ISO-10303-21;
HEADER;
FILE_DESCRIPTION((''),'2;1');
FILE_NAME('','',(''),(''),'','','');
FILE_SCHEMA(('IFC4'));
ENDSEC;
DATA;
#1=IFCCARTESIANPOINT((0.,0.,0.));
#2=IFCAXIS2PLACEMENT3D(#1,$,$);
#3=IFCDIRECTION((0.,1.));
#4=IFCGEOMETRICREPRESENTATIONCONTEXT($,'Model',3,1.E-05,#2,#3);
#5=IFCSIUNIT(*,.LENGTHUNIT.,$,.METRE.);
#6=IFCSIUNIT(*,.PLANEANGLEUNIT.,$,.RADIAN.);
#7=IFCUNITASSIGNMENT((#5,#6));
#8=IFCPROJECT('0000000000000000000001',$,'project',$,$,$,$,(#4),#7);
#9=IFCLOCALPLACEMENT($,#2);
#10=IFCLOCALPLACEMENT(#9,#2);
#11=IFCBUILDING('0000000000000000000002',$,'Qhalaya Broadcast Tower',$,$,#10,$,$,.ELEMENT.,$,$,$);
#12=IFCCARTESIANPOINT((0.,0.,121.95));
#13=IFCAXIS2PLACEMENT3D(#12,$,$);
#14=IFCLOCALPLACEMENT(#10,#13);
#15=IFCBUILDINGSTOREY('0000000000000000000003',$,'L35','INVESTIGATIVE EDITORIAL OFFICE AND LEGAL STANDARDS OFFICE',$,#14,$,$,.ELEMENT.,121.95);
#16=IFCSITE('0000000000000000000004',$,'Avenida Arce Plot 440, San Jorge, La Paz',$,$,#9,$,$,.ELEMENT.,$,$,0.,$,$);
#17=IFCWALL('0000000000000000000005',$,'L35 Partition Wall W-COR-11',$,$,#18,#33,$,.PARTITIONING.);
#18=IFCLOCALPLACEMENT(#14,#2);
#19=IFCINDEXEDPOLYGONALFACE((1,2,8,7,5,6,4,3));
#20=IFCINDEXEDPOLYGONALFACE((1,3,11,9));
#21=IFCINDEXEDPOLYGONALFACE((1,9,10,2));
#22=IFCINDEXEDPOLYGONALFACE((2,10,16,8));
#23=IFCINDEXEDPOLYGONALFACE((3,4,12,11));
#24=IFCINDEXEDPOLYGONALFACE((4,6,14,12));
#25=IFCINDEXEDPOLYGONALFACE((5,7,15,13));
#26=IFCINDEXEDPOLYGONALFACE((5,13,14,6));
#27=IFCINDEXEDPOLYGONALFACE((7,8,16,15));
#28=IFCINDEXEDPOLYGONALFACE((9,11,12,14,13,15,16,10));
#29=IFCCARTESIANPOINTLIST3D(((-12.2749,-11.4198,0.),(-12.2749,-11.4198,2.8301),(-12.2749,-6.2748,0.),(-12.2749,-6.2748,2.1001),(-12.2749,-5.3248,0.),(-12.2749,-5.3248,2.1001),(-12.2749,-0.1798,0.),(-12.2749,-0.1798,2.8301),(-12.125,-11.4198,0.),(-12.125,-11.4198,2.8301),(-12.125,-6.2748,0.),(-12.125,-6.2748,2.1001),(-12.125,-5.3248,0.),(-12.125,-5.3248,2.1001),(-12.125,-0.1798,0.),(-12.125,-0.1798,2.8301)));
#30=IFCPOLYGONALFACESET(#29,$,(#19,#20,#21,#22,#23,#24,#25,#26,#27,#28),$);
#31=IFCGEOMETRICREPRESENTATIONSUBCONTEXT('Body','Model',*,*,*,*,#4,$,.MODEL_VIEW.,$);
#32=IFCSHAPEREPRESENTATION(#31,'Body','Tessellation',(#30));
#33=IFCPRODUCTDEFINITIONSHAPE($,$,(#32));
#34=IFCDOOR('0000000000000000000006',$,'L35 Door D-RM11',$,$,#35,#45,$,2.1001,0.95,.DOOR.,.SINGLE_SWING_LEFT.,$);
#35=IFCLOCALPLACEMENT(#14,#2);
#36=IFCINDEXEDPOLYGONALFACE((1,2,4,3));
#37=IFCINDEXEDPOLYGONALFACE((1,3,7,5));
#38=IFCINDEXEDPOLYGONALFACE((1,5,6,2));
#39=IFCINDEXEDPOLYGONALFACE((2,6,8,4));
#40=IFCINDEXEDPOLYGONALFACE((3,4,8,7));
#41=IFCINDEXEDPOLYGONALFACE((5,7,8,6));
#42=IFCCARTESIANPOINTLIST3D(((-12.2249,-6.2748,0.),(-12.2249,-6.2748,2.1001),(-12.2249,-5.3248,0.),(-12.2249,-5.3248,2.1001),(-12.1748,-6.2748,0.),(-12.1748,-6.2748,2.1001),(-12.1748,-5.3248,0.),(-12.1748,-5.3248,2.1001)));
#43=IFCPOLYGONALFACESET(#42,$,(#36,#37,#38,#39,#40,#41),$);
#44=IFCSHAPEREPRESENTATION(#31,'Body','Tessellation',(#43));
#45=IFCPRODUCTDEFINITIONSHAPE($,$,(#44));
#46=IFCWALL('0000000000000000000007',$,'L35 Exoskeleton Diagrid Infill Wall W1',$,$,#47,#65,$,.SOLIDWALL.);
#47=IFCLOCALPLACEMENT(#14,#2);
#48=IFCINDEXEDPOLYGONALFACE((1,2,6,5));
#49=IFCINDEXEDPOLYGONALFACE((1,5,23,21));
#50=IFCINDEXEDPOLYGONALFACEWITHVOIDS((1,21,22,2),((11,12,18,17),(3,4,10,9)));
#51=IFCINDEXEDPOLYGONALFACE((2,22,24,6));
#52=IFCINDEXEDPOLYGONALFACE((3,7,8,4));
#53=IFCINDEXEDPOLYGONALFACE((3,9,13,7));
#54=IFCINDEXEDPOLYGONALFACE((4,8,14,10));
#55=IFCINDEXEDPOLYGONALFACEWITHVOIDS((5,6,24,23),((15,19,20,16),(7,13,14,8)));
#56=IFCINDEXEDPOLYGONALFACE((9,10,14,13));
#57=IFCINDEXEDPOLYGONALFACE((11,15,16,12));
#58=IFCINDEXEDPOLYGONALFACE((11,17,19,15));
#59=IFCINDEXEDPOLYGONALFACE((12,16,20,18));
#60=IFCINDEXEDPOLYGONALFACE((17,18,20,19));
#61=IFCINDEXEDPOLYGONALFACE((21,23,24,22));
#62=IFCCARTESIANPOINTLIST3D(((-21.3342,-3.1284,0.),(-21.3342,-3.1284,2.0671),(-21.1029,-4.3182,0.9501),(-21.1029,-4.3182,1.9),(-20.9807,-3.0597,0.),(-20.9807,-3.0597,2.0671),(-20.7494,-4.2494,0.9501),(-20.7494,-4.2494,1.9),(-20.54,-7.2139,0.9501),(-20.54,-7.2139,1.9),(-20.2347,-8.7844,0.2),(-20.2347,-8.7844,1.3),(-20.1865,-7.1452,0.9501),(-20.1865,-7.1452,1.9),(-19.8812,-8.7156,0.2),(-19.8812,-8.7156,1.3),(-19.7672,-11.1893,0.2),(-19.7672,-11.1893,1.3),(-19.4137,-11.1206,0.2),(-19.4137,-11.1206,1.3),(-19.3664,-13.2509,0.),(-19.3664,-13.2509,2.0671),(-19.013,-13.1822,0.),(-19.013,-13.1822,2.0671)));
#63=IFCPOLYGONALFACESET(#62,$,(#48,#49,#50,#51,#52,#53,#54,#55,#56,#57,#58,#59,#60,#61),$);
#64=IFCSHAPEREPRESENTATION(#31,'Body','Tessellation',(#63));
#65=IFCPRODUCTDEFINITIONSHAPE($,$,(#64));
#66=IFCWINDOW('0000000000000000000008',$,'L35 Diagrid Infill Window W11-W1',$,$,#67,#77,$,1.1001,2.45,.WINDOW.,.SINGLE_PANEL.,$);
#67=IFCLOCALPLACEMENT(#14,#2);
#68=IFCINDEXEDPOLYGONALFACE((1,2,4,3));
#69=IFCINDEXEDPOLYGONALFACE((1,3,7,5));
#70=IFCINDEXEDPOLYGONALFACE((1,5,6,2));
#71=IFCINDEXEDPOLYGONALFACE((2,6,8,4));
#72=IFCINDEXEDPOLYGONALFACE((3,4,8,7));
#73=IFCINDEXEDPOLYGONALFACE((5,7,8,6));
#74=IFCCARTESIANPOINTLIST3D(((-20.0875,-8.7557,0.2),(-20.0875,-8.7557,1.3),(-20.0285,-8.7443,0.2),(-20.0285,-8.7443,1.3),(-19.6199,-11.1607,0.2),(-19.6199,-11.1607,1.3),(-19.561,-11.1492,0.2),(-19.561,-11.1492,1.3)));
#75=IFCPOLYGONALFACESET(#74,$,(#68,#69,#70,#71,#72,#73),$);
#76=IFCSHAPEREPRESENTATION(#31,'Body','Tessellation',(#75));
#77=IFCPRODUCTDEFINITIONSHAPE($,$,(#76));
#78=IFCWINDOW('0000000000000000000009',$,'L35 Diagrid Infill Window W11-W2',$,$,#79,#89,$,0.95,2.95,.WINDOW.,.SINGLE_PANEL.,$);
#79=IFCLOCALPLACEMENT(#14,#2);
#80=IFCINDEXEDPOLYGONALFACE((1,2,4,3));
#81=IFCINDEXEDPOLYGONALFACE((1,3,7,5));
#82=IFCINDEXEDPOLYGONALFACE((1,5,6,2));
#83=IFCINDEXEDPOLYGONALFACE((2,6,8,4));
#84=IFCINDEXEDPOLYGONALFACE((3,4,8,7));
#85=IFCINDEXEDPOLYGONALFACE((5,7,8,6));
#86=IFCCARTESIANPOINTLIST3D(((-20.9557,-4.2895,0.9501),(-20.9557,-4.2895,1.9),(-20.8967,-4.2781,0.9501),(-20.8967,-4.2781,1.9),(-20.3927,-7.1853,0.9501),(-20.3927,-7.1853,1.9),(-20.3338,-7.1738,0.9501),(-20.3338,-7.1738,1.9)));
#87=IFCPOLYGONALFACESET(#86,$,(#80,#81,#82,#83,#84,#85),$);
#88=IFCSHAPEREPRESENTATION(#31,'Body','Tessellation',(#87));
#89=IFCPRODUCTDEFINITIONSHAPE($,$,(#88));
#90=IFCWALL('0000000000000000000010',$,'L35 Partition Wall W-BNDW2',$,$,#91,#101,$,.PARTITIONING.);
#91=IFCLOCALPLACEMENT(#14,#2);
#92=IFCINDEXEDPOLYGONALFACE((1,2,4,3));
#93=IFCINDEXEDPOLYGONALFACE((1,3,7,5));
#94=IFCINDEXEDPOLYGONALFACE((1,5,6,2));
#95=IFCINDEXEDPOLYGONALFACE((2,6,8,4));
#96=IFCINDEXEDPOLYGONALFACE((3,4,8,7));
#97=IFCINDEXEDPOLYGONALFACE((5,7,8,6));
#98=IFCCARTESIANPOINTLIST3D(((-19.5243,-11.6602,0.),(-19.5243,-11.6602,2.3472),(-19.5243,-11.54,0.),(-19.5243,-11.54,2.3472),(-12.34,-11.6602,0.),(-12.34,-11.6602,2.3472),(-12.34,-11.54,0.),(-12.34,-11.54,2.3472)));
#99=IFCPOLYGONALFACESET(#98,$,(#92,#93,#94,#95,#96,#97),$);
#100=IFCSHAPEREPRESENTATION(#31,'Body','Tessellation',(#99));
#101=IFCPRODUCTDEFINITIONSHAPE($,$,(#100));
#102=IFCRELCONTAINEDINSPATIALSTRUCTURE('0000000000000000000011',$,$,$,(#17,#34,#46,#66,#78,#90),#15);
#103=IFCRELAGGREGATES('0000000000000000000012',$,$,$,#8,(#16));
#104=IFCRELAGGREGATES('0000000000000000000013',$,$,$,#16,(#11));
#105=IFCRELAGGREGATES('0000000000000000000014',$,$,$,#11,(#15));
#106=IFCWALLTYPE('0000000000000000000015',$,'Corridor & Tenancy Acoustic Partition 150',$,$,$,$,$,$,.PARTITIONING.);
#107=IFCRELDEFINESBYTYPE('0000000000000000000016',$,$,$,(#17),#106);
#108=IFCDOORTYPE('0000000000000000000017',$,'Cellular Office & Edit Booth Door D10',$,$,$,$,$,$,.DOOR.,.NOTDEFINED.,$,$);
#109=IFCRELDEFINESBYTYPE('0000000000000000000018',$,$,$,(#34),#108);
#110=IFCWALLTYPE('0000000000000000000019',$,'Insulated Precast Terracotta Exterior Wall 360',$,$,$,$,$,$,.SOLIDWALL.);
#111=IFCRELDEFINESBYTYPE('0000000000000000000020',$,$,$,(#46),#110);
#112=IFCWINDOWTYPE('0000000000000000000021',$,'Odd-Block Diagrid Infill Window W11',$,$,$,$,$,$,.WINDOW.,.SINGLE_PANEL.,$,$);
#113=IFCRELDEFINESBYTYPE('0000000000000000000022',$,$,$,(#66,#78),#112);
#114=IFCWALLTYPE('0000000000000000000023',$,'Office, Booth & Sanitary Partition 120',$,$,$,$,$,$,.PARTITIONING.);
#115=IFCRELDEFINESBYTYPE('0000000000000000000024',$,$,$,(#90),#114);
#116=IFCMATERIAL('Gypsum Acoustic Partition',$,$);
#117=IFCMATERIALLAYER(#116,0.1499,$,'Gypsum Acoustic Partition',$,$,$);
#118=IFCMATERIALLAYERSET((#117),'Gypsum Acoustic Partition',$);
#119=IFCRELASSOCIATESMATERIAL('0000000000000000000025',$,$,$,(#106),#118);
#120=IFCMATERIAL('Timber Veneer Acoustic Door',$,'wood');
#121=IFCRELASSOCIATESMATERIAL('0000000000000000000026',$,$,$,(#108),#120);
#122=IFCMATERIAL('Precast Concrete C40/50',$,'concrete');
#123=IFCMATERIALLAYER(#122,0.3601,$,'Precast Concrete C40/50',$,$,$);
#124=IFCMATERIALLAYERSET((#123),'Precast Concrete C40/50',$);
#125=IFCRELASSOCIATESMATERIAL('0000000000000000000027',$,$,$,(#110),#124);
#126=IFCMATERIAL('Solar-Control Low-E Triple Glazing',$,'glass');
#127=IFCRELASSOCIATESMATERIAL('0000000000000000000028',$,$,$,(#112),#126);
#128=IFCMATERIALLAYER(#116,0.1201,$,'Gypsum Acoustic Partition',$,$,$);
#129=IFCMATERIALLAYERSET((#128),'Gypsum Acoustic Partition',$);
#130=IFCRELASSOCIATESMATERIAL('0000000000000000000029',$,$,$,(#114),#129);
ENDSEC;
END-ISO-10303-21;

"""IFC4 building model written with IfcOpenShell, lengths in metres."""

from ifc_helpers import new_model, si_unit, direction, frame, frame_2d, origin, place, context, subcontext, project, spatial, rectangle, extrude, material, layer, layer_set, type_object, element, fill, save


model = new_model("IFC4")

# Units and contexts
model_context = context("Model", 3, precision=1e-05, world=origin(), true_north=direction((0.0, 1.0)))
body_context = subcontext(model_context, "Body", "Model", "MODEL_VIEW")
ifc_project = project(units=[si_unit("LENGTHUNIT", "METRE"), si_unit("PLANEANGLEUNIT", "RADIAN")], contexts=[model_context])

# Site, building, storey
site_placement = place(None, origin())
site = spatial("IfcSite", under=ifc_project, at=site_placement, Name="Avenida Arce Plot 440, San Jorge, La Paz", CompositionType="ELEMENT", RefElevation=0.0)
building_placement = place(site_placement, origin())
building = spatial("IfcBuilding", under=site, at=building_placement, Name="Qhalaya Broadcast Tower", CompositionType="ELEMENT")
storey_placement = place(building_placement, frame((0.0, 0.0, 121.95)))
storey = spatial("IfcBuildingStorey", under=building, at=storey_placement, Name="L35", Description="INVESTIGATIVE EDITORIAL OFFICE AND LEGAL STANDARDS OFFICE", CompositionType="ELEMENT", Elevation=121.95)

# Wall, opening, door
ifc_material_1 = material(Name="Gypsum Acoustic Partition")
ifc_layer_1 = layer(ifc_material_1, 0.1499, Name="Gypsum Acoustic Partition")
ifc_layer_set_1 = layer_set([ifc_layer_1], Name="Gypsum Acoustic Partition")
wall_type_1 = type_object("IfcWallType", Name="Corridor & Tenancy Acoustic Partition 150", PredefinedType="PARTITIONING", material=ifc_layer_set_1)
ifc_material_2 = material(Name="Timber Veneer Acoustic Door", Category="wood")
door_type = type_object("IfcDoorType", Name="Cellular Office & Edit Booth Door D10", OperationType="NOTDEFINED", PredefinedType="DOOR", material=ifc_material_2)
wall_1_placement = place(storey_placement, frame((-12.2, -11.4199, 0.0), z_axis=(0.0, 0.0, 1.0), x_axis=(0.0, 1.0, 0.0)))
wall_1 = element("IfcWall", 1, at=wall_1_placement, inside=storey, type_object=wall_type_1, Name="L35 Partition Wall W-COR-11", PredefinedType="PARTITIONING", context=body_context, shape_type="SweptSolid", body=[
    extrude(rectangle(XDim=11.24, YDim=0.1499, at=frame_2d((5.6201, 0.0))), origin(), (0.0, 0.0, 1.0), 2.8301),
])
opening_1_placement = place(wall_1_placement, frame((5.145, 0.0, 0.0)))
opening_1 = element("IfcOpeningElement", 2, at=opening_1_placement, cuts=wall_1, PredefinedType="OPENING", context=body_context, shape_type="SweptSolid", body=[
    extrude(rectangle(XDim=0.95, YDim=2.1001, at=frame_2d((0.4751, 1.05))), frame((0.0, 0.0869, 0.0), z_axis=(0.0, -1.0, 0.0), x_axis=(1.0, 0.0, 0.0)), (0.0, 0.0, 1.0), 0.1738),
])
door_1_placement = place(opening_1_placement, origin())
door_1 = element("IfcDoor", 3, at=door_1_placement, inside=storey, type_object=door_type, Name="L35 Door D-RM11", OperationType="SINGLE_SWING_LEFT", OverallHeight=2.1001, OverallWidth=0.95, PredefinedType="DOOR", context=body_context, shape_type="SweptSolid", body=[
    extrude(rectangle(XDim=0.95, YDim=2.1001, at=frame_2d((0.4751, 1.05))), frame((0.0, 0.0249, 0.0), z_axis=(0.0, -1.0, 0.0), x_axis=(1.0, 0.0, 0.0)), (0.0, 0.0, 1.0), 0.05),
])
fill(opening_1, door_1)

# Wall, openings, windows
ifc_material_3 = material(Name="Precast Concrete C40/50", Category="concrete")
ifc_layer_2 = layer(ifc_material_3, 0.3601, Name="Precast Concrete C40/50")
ifc_layer_set_2 = layer_set([ifc_layer_2], Name="Precast Concrete C40/50")
wall_type_2 = type_object("IfcWallType", Name="Insulated Precast Terracotta Exterior Wall 360", PredefinedType="SOLIDWALL", material=ifc_layer_set_2)
wall_2_placement = place(storey_placement, frame((-19.1897, -13.2166, 0.0), z_axis=(0.0, 0.0, 1.0), x_axis=(-0.190823, 0.981625, 0.0)))
wall_2 = element("IfcWall", 4, at=wall_2_placement, inside=storey, type_object=wall_type_2, Name="L35 Exoskeleton Diagrid Infill Wall W1", PredefinedType="SOLIDWALL", context=body_context, shape_type="SweptSolid", body=[
    extrude(rectangle(XDim=10.312, YDim=0.3601, at=frame_2d((5.156, 0.0))), origin(), (0.0, 0.0, 1.0), 2.0671),
])
opening_2_placement = place(wall_2_placement, frame((2.1001, 0.0, 0.2)))
opening_2 = element("IfcOpeningElement", 5, at=opening_2_placement, cuts=wall_2, PredefinedType="OPENING", context=body_context, shape_type="SweptSolid", body=[
    extrude(rectangle(XDim=2.45, YDim=1.1001, at=frame_2d((1.2251, 0.55))), frame((0.0, 0.1921, 0.0), z_axis=(0.0, -1.0, 0.0), x_axis=(1.0, 0.0, 0.0)), (0.0, 0.0, 1.0), 0.384),
])
opening_3_placement = place(wall_2_placement, frame((6.1499, 0.0, 0.95)))
opening_3 = element("IfcOpeningElement", 6, at=opening_3_placement, cuts=wall_2, PredefinedType="OPENING", context=body_context, shape_type="SweptSolid", body=[
    extrude(rectangle(XDim=2.95, YDim=0.95, at=frame_2d((1.4751, 0.4751))), frame((0.0, 0.1921, 0.0), z_axis=(0.0, -1.0, 0.0), x_axis=(1.0, 0.0, 0.0)), (0.0, 0.0, 1.0), 0.384),
])
ifc_material_4 = material(Name="Solar-Control Low-E Triple Glazing", Category="glass")
window_type = type_object("IfcWindowType", Name="Odd-Block Diagrid Infill Window W11", PartitioningType="SINGLE_PANEL", PredefinedType="WINDOW", material=ifc_material_4)
window_1_placement = place(opening_2_placement, origin())
window_1 = element("IfcWindow", 7, at=window_1_placement, inside=storey, type_object=window_type, Name="L35 Diagrid Infill Window W11-W1", OverallHeight=1.1001, OverallWidth=2.45, PartitioningType="SINGLE_PANEL", PredefinedType="WINDOW", context=body_context, shape_type="SweptSolid", body=[
    extrude(rectangle(XDim=2.45, YDim=1.1001, at=frame_2d((1.2251, 0.55))), frame((0.0, 0.03, 0.0), z_axis=(0.0, -1.0, 0.0), x_axis=(1.0, 0.0, 0.0)), (0.0, 0.0, 1.0), 0.0601),
])
fill(opening_2, window_1)
window_2_placement = place(opening_3_placement, origin())
window_2 = element("IfcWindow", 8, at=window_2_placement, inside=storey, type_object=window_type, Name="L35 Diagrid Infill Window W11-W2", OverallHeight=0.95, OverallWidth=2.95, PartitioningType="SINGLE_PANEL", PredefinedType="WINDOW", context=body_context, shape_type="SweptSolid", body=[
    extrude(rectangle(XDim=2.95, YDim=0.95, at=frame_2d((1.4751, 0.4751))), frame((0.0, 0.03, 0.0), z_axis=(0.0, -1.0, 0.0), x_axis=(1.0, 0.0, 0.0)), (0.0, 0.0, 1.0), 0.0601),
])
fill(opening_3, window_2)

# Wall
ifc_layer_3 = layer(ifc_material_1, 0.1201, Name="Gypsum Acoustic Partition")
ifc_layer_set_3 = layer_set([ifc_layer_3], Name="Gypsum Acoustic Partition")
wall_type_3 = type_object("IfcWallType", Name="Office, Booth & Sanitary Partition 120", PredefinedType="PARTITIONING", material=ifc_layer_set_3)
wall_3_placement = place(storey_placement, frame((-19.5244, -11.6001, 0.0), z_axis=(0.0, 0.0, 1.0), x_axis=(1.0, 0.0, 0.0)))
element("IfcWall", 9, at=wall_3_placement, inside=storey, type_object=wall_type_3, Name="L35 Partition Wall W-BNDW2", PredefinedType="PARTITIONING", context=body_context, shape_type="SweptSolid", body=[
    extrude(rectangle(XDim=7.1843, YDim=0.1201, at=frame_2d((3.5923, 0.0))), origin(), (0.0, 0.0, 1.0), 2.3472),
])

save(model, "model.ifc")
